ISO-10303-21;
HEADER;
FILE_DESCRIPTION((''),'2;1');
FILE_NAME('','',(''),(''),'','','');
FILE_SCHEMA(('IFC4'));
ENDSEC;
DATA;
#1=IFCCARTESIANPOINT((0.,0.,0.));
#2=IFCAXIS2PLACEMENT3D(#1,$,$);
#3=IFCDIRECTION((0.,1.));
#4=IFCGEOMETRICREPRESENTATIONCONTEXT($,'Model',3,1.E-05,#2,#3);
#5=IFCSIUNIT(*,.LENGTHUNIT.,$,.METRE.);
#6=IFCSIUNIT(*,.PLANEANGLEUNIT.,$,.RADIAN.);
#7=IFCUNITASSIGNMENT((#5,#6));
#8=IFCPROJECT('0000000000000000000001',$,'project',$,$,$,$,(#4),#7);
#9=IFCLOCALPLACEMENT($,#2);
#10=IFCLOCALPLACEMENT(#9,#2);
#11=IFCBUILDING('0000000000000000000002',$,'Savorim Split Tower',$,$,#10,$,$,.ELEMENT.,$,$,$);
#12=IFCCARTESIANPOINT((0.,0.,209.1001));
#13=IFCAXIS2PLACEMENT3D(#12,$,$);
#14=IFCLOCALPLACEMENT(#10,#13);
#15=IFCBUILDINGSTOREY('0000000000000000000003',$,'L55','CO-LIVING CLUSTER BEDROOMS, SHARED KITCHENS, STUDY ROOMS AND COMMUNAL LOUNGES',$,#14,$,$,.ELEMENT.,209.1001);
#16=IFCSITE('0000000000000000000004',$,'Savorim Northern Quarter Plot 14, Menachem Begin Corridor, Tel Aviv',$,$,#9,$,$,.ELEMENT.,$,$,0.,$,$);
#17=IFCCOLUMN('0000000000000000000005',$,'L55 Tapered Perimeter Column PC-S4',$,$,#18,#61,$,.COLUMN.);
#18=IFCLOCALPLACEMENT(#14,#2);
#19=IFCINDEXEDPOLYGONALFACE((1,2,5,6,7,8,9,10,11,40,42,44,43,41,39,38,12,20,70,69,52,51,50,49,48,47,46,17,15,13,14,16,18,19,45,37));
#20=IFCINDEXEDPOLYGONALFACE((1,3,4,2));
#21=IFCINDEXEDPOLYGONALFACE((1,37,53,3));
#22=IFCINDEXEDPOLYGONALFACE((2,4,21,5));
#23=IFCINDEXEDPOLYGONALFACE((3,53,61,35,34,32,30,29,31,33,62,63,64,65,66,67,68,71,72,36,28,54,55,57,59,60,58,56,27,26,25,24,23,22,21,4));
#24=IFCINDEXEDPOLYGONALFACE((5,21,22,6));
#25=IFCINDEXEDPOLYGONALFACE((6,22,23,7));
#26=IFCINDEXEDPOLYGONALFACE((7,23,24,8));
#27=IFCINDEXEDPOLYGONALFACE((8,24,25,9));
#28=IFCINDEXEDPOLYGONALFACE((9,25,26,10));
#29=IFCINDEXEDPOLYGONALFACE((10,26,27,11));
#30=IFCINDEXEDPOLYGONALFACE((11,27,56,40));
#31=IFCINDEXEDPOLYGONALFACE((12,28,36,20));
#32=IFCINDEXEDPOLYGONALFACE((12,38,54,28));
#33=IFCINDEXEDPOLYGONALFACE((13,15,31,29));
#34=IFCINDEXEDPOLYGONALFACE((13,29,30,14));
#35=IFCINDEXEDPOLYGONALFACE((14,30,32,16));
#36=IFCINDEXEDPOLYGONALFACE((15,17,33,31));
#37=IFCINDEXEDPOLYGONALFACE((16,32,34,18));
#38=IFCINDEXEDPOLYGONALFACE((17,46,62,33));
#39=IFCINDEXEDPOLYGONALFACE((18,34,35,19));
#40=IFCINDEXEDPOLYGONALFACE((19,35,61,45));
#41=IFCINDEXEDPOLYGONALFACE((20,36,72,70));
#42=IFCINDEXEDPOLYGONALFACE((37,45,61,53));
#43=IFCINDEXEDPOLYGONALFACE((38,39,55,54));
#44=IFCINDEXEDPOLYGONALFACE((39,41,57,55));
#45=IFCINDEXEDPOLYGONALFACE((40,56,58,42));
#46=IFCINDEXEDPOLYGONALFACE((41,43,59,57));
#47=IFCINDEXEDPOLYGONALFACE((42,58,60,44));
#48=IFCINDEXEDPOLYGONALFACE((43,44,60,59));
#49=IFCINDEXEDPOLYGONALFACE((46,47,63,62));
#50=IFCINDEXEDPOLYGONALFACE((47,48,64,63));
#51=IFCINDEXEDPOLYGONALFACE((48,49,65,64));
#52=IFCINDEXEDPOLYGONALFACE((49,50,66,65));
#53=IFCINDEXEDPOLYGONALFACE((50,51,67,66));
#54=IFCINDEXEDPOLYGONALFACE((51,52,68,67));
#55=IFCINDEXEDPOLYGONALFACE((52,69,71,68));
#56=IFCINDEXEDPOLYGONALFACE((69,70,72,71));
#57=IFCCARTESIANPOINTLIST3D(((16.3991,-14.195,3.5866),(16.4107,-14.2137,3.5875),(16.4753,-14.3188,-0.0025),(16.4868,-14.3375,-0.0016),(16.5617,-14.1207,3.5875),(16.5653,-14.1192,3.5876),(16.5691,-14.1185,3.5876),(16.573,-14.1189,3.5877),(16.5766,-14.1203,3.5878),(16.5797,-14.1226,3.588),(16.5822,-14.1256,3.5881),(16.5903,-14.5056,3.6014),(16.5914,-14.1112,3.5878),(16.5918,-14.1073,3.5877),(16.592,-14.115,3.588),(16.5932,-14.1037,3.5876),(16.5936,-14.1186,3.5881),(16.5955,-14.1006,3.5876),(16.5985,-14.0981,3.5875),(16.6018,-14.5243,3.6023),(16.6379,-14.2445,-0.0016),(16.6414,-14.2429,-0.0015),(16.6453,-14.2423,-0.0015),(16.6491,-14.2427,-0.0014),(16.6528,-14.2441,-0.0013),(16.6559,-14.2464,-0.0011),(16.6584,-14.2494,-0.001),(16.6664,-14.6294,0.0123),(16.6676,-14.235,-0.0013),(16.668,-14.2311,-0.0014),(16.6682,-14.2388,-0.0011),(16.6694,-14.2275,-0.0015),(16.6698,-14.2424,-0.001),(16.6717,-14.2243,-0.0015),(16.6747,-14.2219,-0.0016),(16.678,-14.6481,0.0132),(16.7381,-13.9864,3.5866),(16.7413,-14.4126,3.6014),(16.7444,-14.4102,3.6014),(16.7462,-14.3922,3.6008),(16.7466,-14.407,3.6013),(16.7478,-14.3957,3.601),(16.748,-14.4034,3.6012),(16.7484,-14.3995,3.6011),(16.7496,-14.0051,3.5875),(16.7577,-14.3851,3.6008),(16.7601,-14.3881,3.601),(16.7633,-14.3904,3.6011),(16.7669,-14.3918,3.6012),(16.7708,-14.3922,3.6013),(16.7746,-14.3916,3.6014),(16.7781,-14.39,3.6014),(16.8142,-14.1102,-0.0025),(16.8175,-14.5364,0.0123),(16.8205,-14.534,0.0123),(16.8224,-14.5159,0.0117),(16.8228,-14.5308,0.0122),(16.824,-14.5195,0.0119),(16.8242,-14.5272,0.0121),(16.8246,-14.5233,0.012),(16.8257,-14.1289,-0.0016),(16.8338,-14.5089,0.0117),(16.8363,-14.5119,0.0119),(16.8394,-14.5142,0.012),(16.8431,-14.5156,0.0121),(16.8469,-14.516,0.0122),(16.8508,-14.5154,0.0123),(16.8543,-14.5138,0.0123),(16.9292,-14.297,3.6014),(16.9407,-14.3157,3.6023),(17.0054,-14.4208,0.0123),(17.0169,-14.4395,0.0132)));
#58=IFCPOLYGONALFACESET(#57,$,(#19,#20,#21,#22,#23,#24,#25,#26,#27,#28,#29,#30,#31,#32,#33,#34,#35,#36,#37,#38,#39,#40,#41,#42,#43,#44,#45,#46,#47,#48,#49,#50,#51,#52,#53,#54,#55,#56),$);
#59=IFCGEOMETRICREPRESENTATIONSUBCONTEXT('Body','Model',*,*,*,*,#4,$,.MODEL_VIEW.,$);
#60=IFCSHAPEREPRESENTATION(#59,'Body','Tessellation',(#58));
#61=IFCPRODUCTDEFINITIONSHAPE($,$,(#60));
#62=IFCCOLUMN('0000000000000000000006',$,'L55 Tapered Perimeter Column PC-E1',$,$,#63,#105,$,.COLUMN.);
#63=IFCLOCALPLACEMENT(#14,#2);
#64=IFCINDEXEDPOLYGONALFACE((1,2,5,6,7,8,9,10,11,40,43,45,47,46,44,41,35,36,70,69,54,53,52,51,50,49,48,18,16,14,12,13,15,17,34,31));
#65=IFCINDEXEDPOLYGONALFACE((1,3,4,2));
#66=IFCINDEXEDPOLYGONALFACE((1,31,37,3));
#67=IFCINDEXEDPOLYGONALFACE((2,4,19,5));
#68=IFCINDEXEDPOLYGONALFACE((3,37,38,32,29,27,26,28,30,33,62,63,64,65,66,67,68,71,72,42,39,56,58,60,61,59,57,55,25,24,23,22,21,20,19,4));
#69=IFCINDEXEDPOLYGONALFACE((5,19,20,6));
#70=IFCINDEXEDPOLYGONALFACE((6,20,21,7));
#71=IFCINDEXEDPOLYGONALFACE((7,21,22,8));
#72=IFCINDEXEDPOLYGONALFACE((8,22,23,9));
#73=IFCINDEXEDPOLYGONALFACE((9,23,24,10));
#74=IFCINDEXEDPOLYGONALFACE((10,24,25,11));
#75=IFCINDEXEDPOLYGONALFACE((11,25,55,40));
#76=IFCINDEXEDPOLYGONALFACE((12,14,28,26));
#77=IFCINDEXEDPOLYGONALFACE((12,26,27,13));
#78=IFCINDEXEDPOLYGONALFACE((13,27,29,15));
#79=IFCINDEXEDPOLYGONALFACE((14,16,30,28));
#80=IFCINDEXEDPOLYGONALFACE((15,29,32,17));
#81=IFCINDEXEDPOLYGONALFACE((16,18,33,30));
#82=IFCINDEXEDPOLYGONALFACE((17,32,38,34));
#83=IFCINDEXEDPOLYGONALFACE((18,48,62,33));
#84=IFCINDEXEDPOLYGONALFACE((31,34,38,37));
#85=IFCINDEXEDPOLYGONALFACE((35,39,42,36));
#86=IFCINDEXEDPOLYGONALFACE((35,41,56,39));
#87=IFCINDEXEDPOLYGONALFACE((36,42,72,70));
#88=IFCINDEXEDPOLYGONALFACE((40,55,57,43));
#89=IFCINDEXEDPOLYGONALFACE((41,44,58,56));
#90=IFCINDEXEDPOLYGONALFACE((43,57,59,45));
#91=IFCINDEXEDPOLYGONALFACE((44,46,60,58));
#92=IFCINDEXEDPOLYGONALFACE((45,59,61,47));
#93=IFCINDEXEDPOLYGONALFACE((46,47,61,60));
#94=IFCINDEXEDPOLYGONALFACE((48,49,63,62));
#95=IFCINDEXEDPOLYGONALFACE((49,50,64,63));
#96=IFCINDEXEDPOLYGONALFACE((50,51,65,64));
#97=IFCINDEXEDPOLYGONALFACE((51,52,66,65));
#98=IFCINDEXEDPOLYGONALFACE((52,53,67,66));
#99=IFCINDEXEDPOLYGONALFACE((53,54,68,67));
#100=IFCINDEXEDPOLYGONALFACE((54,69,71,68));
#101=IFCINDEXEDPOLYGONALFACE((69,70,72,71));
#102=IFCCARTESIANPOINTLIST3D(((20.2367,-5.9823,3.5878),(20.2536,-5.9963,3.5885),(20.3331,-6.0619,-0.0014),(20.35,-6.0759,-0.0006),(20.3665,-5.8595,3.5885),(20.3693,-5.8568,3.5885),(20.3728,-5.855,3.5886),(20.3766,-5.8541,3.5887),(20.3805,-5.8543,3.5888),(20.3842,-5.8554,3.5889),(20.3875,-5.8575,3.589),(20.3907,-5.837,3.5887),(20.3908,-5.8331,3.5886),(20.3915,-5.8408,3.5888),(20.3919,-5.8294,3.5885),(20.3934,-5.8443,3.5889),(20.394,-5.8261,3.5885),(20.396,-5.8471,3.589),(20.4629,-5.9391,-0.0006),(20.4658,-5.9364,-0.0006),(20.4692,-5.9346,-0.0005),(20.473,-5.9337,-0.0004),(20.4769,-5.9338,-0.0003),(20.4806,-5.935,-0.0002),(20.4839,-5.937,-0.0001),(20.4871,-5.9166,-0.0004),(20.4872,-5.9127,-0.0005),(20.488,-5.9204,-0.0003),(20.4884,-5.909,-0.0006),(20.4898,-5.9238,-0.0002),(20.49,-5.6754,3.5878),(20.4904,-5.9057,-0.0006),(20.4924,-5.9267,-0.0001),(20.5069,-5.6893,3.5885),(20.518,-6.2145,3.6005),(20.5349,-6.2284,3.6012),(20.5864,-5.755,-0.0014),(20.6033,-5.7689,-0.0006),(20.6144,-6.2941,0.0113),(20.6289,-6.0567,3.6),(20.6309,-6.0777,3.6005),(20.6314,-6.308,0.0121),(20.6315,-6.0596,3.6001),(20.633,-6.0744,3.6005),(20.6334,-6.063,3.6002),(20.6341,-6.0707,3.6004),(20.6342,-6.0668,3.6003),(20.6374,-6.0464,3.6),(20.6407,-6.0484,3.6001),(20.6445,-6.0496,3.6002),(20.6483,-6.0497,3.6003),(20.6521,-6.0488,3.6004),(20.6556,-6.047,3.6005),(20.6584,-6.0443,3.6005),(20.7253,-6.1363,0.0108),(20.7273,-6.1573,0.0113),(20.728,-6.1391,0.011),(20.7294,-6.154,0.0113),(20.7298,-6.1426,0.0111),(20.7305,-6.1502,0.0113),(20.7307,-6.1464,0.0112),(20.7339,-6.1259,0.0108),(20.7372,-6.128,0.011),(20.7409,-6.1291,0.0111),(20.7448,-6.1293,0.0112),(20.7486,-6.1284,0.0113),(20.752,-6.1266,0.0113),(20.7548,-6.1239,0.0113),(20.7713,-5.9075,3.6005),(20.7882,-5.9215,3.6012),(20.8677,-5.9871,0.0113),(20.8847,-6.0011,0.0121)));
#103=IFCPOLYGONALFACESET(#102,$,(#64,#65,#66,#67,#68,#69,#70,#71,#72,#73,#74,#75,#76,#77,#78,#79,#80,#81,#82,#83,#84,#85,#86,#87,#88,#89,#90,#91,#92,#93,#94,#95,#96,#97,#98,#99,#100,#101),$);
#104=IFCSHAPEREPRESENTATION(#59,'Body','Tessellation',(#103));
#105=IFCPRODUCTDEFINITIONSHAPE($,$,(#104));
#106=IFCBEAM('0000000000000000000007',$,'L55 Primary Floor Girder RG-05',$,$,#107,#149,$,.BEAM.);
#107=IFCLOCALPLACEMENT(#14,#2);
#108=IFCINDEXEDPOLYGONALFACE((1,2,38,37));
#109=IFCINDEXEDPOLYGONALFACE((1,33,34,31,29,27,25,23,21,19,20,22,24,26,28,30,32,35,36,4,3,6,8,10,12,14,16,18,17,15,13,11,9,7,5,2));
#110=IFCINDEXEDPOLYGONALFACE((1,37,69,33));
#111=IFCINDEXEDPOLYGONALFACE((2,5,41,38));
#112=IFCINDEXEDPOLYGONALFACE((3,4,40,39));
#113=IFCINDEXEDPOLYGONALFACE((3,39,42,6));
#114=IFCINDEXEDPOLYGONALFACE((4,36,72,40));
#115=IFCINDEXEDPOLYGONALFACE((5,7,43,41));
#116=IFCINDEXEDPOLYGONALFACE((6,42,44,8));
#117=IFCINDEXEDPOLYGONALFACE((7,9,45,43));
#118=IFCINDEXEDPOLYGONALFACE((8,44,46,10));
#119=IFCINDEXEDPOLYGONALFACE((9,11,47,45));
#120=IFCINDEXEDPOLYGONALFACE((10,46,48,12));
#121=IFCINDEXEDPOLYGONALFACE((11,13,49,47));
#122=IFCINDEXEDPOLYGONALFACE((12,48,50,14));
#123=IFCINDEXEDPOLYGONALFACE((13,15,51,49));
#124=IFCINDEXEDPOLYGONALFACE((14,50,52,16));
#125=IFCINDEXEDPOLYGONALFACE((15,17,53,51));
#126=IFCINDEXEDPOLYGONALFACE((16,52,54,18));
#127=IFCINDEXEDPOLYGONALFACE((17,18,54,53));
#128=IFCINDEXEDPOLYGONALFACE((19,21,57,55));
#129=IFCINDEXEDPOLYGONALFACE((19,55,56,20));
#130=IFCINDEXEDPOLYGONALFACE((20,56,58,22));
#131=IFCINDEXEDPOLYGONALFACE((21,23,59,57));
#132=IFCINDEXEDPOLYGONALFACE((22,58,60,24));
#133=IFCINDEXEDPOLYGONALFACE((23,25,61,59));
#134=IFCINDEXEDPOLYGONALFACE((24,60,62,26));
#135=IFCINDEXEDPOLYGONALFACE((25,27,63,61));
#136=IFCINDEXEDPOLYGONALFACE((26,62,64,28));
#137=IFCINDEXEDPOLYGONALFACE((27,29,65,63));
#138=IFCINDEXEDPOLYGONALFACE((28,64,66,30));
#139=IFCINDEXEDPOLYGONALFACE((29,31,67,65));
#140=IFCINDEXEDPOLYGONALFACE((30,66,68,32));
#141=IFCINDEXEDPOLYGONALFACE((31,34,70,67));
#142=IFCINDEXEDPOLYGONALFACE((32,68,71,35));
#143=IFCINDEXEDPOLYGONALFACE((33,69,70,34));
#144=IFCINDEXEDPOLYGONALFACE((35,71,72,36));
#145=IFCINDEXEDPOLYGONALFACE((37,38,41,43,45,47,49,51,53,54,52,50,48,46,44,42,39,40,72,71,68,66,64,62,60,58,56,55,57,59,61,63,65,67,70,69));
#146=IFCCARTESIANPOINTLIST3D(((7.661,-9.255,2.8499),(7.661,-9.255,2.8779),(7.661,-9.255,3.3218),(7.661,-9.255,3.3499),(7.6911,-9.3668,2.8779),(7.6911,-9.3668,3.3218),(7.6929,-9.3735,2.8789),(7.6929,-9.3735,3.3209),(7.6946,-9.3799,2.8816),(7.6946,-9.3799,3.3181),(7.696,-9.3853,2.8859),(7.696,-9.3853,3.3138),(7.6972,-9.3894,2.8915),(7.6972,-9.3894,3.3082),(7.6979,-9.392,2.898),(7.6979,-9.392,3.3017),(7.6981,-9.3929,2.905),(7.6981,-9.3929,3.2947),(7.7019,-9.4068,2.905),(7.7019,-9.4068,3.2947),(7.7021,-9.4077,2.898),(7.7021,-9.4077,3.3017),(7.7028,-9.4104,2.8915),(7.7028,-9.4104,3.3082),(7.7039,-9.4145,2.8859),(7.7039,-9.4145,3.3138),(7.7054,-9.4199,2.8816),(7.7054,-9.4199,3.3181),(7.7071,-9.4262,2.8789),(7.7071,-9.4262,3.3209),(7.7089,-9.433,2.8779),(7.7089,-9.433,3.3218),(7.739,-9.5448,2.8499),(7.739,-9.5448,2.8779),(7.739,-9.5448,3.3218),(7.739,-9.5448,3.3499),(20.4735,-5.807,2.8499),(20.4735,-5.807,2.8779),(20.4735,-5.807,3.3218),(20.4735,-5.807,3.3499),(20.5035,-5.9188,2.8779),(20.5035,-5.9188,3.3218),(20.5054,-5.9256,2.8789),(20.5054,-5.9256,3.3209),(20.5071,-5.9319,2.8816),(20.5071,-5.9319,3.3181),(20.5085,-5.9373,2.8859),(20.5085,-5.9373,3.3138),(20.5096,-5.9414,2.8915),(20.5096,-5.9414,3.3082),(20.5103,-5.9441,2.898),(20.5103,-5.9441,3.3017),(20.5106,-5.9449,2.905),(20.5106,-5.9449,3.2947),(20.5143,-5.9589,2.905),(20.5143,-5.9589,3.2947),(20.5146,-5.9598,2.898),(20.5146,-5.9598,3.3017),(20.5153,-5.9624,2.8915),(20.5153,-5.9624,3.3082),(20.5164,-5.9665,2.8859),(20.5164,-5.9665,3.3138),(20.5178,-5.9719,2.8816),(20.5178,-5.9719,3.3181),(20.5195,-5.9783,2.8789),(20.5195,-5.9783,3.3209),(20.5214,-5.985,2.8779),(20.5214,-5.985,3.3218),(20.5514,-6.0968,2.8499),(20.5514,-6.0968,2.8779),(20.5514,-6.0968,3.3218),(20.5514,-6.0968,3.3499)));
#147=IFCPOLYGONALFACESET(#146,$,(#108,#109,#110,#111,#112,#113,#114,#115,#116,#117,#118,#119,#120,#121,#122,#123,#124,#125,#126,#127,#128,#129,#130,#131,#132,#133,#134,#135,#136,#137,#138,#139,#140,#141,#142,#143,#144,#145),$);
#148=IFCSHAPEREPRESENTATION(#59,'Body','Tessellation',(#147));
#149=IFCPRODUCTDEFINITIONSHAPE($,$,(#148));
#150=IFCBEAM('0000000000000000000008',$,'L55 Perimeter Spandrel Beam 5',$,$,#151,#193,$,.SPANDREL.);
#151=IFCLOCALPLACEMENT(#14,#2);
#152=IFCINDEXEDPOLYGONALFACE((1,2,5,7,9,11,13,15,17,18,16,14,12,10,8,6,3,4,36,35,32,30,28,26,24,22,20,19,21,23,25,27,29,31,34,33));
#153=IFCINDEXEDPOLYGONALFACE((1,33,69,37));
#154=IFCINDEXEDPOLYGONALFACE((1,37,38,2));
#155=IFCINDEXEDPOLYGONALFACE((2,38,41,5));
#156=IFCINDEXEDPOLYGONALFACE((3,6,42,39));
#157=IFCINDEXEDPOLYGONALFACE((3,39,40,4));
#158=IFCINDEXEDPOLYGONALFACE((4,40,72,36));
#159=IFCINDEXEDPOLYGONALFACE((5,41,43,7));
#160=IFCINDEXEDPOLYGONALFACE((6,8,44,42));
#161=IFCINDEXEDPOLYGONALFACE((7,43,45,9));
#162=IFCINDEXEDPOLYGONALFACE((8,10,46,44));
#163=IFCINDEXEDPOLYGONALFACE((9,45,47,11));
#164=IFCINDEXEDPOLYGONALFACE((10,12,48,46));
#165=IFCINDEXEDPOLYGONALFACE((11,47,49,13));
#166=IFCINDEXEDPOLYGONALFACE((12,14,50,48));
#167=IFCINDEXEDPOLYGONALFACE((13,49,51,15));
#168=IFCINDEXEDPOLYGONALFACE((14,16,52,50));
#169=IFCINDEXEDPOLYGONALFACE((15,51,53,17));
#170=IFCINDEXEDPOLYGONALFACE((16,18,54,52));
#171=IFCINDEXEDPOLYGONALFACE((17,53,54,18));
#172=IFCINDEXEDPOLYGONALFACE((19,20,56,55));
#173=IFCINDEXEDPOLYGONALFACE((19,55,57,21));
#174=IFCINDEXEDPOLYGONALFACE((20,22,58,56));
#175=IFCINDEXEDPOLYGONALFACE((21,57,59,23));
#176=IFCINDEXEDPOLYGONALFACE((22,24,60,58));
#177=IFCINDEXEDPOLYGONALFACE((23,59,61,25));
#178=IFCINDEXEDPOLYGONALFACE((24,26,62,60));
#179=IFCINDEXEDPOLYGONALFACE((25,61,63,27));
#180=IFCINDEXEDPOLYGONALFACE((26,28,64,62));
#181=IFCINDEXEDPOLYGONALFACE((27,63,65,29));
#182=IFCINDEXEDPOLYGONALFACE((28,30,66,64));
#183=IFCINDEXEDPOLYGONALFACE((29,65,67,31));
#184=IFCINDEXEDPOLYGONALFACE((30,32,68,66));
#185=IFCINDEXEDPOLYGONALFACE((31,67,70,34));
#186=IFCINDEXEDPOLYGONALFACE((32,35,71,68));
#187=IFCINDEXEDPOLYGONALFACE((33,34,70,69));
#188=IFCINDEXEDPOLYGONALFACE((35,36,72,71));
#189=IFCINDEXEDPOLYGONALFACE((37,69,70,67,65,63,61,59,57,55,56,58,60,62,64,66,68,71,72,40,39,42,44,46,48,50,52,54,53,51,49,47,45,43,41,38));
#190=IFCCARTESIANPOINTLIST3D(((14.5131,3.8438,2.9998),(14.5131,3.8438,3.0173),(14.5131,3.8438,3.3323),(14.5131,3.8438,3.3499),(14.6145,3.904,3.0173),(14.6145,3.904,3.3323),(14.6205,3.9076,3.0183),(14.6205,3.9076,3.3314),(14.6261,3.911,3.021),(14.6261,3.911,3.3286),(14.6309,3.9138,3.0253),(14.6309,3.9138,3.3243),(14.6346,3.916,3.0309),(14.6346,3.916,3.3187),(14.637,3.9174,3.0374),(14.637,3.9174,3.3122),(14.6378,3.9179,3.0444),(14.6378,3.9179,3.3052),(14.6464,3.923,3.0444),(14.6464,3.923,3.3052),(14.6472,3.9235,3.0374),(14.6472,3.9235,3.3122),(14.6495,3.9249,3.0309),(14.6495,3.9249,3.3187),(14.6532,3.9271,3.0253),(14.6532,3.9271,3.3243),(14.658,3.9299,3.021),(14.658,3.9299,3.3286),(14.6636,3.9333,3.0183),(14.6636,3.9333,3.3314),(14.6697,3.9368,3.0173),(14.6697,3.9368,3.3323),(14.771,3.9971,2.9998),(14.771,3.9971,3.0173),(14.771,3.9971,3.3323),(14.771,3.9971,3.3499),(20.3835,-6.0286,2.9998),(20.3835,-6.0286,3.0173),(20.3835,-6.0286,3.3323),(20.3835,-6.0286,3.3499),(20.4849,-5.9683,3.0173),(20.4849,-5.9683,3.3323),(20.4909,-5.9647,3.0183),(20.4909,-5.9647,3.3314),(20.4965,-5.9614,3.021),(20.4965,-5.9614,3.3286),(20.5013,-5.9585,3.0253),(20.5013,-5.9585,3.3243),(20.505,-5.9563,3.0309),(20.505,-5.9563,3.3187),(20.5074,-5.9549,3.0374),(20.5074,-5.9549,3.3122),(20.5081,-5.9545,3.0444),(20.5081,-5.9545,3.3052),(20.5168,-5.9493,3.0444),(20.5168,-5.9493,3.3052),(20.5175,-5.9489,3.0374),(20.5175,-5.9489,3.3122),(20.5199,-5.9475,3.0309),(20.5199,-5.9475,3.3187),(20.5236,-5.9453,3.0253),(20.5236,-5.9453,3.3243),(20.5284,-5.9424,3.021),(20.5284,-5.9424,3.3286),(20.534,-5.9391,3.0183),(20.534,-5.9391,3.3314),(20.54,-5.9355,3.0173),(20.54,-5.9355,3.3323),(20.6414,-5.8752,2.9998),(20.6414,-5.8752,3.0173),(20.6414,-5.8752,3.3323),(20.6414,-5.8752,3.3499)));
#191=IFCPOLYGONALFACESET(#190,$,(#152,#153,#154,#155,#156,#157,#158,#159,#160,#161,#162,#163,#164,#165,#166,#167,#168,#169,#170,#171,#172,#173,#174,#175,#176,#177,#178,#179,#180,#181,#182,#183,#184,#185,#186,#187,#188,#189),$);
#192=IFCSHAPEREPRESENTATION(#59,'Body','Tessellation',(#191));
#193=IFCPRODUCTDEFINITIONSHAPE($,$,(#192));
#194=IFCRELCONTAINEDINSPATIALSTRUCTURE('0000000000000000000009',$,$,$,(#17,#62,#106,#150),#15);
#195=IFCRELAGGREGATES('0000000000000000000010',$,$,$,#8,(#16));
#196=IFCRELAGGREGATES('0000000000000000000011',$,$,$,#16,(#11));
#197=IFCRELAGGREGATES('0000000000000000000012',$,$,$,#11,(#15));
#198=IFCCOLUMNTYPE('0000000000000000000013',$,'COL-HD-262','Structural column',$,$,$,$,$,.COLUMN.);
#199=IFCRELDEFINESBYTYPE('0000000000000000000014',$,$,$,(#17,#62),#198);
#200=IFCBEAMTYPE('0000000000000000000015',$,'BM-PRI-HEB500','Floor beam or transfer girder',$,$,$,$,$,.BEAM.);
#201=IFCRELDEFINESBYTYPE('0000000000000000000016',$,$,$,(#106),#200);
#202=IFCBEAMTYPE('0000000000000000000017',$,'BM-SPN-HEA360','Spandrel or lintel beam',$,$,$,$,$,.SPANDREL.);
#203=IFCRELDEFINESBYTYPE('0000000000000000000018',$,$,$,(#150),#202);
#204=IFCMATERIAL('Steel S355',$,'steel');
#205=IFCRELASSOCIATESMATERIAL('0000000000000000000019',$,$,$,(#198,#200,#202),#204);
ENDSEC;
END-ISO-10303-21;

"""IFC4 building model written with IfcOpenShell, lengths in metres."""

from ifc_helpers import new_model, si_unit, direction, frame, origin, origin_2d, place, context, subcontext, project, spatial, i_section, extrude, material, material_profile, profile_set, type_object, element, save


model = new_model("IFC4")

# Units and contexts
model_context = context("Model", 3, precision=1e-05, world=origin(), true_north=direction((0.0, 1.0)))
body_context = subcontext(model_context, "Body", "Model", "MODEL_VIEW")
ifc_project = project(units=[si_unit("LENGTHUNIT", "METRE"), si_unit("PLANEANGLEUNIT", "RADIAN")], contexts=[model_context])

# Site, building, storey
site_placement = place(None, origin())
site = spatial("IfcSite", under=ifc_project, at=site_placement, Name="Savorim Northern Quarter Plot 14, Menachem Begin Corridor, Tel Aviv", CompositionType="ELEMENT", RefElevation=0.0)
building_placement = place(site_placement, origin())
building = spatial("IfcBuilding", under=site, at=building_placement, Name="Savorim Split Tower", CompositionType="ELEMENT")
storey_placement = place(building_placement, frame((0.0, 0.0, 209.1001)))
storey = spatial("IfcBuildingStorey", under=building, at=storey_placement, Name="L55", Description="CO-LIVING CLUSTER BEDROOMS, SHARED KITCHENS, STUDY ROOMS AND COMMUNAL LOUNGES", CompositionType="ELEMENT", Elevation=209.1001)

# Columns
ifc_material_1 = material(Name="Steel S355", Category="steel")
ifc_material_profile_1 = material_profile(ifc_material_1, i_section(OverallWidth=0.3979, OverallDepth=0.387, WebThickness=0.0134, FlangeThickness=0.022, FilletRadius=0.0149, at=origin_2d()), Name="HD 400x262")
ifc_profile_set_1 = profile_set([ifc_material_profile_1], Name="Steel S355")
column_type = type_object("IfcColumnType", Name="COL-HD-262", Description="Structural column", PredefinedType="COLUMN", material=ifc_profile_set_1)
column_1_placement = place(storey_placement, frame((16.7461, -14.3792, 0.0054), z_axis=(-0.021206, 0.034459, 0.999181), x_axis=(-0.851658, -0.524097, 0.0)))
element("IfcColumn", 1, at=column_1_placement, inside=storey, type_object=column_type, Name="L55 Tapered Perimeter Column PC-S4", PredefinedType="COLUMN", context=body_context, shape_type="SweptSolid", body=[
    extrude(i_section(OverallWidth=0.3979, OverallDepth=0.387, WebThickness=0.0134, FlangeThickness=0.022, FilletRadius=0.0149, at=origin_2d()), origin(), (0.0, 0.0, 1.0), 3.592),
])
column_2_placement = place(storey_placement, frame((20.6089, -6.0315, 0.0054), z_axis=(-0.026853, 0.022162, 0.999394), x_axis=(-0.636528, -0.771253, 0.0)))
element("IfcColumn", 2, at=column_2_placement, inside=storey, type_object=column_type, Name="L55 Tapered Perimeter Column PC-E1", PredefinedType="COLUMN", context=body_context, shape_type="SweptSolid", body=[
    extrude(i_section(OverallWidth=0.3979, OverallDepth=0.387, WebThickness=0.0134, FlangeThickness=0.022, FilletRadius=0.0149, at=origin_2d()), origin(), (0.0, 0.0, 1.0), 3.5913),
])

# Beams
ifc_material_profile_2 = material_profile(ifc_material_1, i_section(OverallWidth=0.3, OverallDepth=0.5, WebThickness=0.0144, FlangeThickness=0.0281, FilletRadius=0.0271, at=origin_2d()), Name="HEB 500")
ifc_profile_set_2 = profile_set([ifc_material_profile_2], Name="Steel S355")
beam_type_1 = type_object("IfcBeamType", Name="BM-PRI-HEB500", Description="Floor beam or transfer girder", PredefinedType="BEAM", material=ifc_profile_set_2)
beam_1_placement = place(storey_placement, frame((20.5125, -5.9519, 3.0999), z_axis=(-0.965645, -0.259867, 0.0), x_axis=(0.259867, -0.965645, 0.0)))
element("IfcBeam", 3, at=beam_1_placement, inside=storey, type_object=beam_type_1, Name="L55 Primary Floor Girder RG-05", PredefinedType="BEAM", context=body_context, shape_type="SweptSolid", body=[
    extrude(i_section(OverallWidth=0.3, OverallDepth=0.5, WebThickness=0.0144, FlangeThickness=0.0281, FilletRadius=0.0271, at=origin_2d()), origin(), (0.0, 0.0, 1.0), 13.2683),
])
ifc_material_profile_3 = material_profile(ifc_material_1, i_section(OverallWidth=0.3, OverallDepth=0.3501, WebThickness=0.01, FlangeThickness=0.0176, FilletRadius=0.0271, at=origin_2d()), Name="HEA 360")
ifc_profile_set_3 = profile_set([ifc_material_profile_3], Name="Steel S355")
beam_type_2 = type_object("IfcBeamType", Name="BM-SPN-HEA360", Description="Spandrel or lintel beam", PredefinedType="SPANDREL", material=ifc_profile_set_3)
beam_2_placement = place(storey_placement, frame((20.5125, -5.9519, 3.1748), z_axis=(-0.511097, 0.859523, 0.0), x_axis=(-0.859523, -0.511097, 0.0)))
element("IfcBeam", 4, at=beam_2_placement, inside=storey, type_object=beam_type_2, Name="L55 Perimeter Spandrel Beam 5", PredefinedType="SPANDREL", context=body_context, shape_type="SweptSolid", body=[
    extrude(i_section(OverallWidth=0.3, OverallDepth=0.3501, WebThickness=0.01, FlangeThickness=0.0176, FilletRadius=0.0271, at=origin_2d()), origin(), (0.0, 0.0, 1.0), 11.4858),
])

save(model, "model.ifc")
